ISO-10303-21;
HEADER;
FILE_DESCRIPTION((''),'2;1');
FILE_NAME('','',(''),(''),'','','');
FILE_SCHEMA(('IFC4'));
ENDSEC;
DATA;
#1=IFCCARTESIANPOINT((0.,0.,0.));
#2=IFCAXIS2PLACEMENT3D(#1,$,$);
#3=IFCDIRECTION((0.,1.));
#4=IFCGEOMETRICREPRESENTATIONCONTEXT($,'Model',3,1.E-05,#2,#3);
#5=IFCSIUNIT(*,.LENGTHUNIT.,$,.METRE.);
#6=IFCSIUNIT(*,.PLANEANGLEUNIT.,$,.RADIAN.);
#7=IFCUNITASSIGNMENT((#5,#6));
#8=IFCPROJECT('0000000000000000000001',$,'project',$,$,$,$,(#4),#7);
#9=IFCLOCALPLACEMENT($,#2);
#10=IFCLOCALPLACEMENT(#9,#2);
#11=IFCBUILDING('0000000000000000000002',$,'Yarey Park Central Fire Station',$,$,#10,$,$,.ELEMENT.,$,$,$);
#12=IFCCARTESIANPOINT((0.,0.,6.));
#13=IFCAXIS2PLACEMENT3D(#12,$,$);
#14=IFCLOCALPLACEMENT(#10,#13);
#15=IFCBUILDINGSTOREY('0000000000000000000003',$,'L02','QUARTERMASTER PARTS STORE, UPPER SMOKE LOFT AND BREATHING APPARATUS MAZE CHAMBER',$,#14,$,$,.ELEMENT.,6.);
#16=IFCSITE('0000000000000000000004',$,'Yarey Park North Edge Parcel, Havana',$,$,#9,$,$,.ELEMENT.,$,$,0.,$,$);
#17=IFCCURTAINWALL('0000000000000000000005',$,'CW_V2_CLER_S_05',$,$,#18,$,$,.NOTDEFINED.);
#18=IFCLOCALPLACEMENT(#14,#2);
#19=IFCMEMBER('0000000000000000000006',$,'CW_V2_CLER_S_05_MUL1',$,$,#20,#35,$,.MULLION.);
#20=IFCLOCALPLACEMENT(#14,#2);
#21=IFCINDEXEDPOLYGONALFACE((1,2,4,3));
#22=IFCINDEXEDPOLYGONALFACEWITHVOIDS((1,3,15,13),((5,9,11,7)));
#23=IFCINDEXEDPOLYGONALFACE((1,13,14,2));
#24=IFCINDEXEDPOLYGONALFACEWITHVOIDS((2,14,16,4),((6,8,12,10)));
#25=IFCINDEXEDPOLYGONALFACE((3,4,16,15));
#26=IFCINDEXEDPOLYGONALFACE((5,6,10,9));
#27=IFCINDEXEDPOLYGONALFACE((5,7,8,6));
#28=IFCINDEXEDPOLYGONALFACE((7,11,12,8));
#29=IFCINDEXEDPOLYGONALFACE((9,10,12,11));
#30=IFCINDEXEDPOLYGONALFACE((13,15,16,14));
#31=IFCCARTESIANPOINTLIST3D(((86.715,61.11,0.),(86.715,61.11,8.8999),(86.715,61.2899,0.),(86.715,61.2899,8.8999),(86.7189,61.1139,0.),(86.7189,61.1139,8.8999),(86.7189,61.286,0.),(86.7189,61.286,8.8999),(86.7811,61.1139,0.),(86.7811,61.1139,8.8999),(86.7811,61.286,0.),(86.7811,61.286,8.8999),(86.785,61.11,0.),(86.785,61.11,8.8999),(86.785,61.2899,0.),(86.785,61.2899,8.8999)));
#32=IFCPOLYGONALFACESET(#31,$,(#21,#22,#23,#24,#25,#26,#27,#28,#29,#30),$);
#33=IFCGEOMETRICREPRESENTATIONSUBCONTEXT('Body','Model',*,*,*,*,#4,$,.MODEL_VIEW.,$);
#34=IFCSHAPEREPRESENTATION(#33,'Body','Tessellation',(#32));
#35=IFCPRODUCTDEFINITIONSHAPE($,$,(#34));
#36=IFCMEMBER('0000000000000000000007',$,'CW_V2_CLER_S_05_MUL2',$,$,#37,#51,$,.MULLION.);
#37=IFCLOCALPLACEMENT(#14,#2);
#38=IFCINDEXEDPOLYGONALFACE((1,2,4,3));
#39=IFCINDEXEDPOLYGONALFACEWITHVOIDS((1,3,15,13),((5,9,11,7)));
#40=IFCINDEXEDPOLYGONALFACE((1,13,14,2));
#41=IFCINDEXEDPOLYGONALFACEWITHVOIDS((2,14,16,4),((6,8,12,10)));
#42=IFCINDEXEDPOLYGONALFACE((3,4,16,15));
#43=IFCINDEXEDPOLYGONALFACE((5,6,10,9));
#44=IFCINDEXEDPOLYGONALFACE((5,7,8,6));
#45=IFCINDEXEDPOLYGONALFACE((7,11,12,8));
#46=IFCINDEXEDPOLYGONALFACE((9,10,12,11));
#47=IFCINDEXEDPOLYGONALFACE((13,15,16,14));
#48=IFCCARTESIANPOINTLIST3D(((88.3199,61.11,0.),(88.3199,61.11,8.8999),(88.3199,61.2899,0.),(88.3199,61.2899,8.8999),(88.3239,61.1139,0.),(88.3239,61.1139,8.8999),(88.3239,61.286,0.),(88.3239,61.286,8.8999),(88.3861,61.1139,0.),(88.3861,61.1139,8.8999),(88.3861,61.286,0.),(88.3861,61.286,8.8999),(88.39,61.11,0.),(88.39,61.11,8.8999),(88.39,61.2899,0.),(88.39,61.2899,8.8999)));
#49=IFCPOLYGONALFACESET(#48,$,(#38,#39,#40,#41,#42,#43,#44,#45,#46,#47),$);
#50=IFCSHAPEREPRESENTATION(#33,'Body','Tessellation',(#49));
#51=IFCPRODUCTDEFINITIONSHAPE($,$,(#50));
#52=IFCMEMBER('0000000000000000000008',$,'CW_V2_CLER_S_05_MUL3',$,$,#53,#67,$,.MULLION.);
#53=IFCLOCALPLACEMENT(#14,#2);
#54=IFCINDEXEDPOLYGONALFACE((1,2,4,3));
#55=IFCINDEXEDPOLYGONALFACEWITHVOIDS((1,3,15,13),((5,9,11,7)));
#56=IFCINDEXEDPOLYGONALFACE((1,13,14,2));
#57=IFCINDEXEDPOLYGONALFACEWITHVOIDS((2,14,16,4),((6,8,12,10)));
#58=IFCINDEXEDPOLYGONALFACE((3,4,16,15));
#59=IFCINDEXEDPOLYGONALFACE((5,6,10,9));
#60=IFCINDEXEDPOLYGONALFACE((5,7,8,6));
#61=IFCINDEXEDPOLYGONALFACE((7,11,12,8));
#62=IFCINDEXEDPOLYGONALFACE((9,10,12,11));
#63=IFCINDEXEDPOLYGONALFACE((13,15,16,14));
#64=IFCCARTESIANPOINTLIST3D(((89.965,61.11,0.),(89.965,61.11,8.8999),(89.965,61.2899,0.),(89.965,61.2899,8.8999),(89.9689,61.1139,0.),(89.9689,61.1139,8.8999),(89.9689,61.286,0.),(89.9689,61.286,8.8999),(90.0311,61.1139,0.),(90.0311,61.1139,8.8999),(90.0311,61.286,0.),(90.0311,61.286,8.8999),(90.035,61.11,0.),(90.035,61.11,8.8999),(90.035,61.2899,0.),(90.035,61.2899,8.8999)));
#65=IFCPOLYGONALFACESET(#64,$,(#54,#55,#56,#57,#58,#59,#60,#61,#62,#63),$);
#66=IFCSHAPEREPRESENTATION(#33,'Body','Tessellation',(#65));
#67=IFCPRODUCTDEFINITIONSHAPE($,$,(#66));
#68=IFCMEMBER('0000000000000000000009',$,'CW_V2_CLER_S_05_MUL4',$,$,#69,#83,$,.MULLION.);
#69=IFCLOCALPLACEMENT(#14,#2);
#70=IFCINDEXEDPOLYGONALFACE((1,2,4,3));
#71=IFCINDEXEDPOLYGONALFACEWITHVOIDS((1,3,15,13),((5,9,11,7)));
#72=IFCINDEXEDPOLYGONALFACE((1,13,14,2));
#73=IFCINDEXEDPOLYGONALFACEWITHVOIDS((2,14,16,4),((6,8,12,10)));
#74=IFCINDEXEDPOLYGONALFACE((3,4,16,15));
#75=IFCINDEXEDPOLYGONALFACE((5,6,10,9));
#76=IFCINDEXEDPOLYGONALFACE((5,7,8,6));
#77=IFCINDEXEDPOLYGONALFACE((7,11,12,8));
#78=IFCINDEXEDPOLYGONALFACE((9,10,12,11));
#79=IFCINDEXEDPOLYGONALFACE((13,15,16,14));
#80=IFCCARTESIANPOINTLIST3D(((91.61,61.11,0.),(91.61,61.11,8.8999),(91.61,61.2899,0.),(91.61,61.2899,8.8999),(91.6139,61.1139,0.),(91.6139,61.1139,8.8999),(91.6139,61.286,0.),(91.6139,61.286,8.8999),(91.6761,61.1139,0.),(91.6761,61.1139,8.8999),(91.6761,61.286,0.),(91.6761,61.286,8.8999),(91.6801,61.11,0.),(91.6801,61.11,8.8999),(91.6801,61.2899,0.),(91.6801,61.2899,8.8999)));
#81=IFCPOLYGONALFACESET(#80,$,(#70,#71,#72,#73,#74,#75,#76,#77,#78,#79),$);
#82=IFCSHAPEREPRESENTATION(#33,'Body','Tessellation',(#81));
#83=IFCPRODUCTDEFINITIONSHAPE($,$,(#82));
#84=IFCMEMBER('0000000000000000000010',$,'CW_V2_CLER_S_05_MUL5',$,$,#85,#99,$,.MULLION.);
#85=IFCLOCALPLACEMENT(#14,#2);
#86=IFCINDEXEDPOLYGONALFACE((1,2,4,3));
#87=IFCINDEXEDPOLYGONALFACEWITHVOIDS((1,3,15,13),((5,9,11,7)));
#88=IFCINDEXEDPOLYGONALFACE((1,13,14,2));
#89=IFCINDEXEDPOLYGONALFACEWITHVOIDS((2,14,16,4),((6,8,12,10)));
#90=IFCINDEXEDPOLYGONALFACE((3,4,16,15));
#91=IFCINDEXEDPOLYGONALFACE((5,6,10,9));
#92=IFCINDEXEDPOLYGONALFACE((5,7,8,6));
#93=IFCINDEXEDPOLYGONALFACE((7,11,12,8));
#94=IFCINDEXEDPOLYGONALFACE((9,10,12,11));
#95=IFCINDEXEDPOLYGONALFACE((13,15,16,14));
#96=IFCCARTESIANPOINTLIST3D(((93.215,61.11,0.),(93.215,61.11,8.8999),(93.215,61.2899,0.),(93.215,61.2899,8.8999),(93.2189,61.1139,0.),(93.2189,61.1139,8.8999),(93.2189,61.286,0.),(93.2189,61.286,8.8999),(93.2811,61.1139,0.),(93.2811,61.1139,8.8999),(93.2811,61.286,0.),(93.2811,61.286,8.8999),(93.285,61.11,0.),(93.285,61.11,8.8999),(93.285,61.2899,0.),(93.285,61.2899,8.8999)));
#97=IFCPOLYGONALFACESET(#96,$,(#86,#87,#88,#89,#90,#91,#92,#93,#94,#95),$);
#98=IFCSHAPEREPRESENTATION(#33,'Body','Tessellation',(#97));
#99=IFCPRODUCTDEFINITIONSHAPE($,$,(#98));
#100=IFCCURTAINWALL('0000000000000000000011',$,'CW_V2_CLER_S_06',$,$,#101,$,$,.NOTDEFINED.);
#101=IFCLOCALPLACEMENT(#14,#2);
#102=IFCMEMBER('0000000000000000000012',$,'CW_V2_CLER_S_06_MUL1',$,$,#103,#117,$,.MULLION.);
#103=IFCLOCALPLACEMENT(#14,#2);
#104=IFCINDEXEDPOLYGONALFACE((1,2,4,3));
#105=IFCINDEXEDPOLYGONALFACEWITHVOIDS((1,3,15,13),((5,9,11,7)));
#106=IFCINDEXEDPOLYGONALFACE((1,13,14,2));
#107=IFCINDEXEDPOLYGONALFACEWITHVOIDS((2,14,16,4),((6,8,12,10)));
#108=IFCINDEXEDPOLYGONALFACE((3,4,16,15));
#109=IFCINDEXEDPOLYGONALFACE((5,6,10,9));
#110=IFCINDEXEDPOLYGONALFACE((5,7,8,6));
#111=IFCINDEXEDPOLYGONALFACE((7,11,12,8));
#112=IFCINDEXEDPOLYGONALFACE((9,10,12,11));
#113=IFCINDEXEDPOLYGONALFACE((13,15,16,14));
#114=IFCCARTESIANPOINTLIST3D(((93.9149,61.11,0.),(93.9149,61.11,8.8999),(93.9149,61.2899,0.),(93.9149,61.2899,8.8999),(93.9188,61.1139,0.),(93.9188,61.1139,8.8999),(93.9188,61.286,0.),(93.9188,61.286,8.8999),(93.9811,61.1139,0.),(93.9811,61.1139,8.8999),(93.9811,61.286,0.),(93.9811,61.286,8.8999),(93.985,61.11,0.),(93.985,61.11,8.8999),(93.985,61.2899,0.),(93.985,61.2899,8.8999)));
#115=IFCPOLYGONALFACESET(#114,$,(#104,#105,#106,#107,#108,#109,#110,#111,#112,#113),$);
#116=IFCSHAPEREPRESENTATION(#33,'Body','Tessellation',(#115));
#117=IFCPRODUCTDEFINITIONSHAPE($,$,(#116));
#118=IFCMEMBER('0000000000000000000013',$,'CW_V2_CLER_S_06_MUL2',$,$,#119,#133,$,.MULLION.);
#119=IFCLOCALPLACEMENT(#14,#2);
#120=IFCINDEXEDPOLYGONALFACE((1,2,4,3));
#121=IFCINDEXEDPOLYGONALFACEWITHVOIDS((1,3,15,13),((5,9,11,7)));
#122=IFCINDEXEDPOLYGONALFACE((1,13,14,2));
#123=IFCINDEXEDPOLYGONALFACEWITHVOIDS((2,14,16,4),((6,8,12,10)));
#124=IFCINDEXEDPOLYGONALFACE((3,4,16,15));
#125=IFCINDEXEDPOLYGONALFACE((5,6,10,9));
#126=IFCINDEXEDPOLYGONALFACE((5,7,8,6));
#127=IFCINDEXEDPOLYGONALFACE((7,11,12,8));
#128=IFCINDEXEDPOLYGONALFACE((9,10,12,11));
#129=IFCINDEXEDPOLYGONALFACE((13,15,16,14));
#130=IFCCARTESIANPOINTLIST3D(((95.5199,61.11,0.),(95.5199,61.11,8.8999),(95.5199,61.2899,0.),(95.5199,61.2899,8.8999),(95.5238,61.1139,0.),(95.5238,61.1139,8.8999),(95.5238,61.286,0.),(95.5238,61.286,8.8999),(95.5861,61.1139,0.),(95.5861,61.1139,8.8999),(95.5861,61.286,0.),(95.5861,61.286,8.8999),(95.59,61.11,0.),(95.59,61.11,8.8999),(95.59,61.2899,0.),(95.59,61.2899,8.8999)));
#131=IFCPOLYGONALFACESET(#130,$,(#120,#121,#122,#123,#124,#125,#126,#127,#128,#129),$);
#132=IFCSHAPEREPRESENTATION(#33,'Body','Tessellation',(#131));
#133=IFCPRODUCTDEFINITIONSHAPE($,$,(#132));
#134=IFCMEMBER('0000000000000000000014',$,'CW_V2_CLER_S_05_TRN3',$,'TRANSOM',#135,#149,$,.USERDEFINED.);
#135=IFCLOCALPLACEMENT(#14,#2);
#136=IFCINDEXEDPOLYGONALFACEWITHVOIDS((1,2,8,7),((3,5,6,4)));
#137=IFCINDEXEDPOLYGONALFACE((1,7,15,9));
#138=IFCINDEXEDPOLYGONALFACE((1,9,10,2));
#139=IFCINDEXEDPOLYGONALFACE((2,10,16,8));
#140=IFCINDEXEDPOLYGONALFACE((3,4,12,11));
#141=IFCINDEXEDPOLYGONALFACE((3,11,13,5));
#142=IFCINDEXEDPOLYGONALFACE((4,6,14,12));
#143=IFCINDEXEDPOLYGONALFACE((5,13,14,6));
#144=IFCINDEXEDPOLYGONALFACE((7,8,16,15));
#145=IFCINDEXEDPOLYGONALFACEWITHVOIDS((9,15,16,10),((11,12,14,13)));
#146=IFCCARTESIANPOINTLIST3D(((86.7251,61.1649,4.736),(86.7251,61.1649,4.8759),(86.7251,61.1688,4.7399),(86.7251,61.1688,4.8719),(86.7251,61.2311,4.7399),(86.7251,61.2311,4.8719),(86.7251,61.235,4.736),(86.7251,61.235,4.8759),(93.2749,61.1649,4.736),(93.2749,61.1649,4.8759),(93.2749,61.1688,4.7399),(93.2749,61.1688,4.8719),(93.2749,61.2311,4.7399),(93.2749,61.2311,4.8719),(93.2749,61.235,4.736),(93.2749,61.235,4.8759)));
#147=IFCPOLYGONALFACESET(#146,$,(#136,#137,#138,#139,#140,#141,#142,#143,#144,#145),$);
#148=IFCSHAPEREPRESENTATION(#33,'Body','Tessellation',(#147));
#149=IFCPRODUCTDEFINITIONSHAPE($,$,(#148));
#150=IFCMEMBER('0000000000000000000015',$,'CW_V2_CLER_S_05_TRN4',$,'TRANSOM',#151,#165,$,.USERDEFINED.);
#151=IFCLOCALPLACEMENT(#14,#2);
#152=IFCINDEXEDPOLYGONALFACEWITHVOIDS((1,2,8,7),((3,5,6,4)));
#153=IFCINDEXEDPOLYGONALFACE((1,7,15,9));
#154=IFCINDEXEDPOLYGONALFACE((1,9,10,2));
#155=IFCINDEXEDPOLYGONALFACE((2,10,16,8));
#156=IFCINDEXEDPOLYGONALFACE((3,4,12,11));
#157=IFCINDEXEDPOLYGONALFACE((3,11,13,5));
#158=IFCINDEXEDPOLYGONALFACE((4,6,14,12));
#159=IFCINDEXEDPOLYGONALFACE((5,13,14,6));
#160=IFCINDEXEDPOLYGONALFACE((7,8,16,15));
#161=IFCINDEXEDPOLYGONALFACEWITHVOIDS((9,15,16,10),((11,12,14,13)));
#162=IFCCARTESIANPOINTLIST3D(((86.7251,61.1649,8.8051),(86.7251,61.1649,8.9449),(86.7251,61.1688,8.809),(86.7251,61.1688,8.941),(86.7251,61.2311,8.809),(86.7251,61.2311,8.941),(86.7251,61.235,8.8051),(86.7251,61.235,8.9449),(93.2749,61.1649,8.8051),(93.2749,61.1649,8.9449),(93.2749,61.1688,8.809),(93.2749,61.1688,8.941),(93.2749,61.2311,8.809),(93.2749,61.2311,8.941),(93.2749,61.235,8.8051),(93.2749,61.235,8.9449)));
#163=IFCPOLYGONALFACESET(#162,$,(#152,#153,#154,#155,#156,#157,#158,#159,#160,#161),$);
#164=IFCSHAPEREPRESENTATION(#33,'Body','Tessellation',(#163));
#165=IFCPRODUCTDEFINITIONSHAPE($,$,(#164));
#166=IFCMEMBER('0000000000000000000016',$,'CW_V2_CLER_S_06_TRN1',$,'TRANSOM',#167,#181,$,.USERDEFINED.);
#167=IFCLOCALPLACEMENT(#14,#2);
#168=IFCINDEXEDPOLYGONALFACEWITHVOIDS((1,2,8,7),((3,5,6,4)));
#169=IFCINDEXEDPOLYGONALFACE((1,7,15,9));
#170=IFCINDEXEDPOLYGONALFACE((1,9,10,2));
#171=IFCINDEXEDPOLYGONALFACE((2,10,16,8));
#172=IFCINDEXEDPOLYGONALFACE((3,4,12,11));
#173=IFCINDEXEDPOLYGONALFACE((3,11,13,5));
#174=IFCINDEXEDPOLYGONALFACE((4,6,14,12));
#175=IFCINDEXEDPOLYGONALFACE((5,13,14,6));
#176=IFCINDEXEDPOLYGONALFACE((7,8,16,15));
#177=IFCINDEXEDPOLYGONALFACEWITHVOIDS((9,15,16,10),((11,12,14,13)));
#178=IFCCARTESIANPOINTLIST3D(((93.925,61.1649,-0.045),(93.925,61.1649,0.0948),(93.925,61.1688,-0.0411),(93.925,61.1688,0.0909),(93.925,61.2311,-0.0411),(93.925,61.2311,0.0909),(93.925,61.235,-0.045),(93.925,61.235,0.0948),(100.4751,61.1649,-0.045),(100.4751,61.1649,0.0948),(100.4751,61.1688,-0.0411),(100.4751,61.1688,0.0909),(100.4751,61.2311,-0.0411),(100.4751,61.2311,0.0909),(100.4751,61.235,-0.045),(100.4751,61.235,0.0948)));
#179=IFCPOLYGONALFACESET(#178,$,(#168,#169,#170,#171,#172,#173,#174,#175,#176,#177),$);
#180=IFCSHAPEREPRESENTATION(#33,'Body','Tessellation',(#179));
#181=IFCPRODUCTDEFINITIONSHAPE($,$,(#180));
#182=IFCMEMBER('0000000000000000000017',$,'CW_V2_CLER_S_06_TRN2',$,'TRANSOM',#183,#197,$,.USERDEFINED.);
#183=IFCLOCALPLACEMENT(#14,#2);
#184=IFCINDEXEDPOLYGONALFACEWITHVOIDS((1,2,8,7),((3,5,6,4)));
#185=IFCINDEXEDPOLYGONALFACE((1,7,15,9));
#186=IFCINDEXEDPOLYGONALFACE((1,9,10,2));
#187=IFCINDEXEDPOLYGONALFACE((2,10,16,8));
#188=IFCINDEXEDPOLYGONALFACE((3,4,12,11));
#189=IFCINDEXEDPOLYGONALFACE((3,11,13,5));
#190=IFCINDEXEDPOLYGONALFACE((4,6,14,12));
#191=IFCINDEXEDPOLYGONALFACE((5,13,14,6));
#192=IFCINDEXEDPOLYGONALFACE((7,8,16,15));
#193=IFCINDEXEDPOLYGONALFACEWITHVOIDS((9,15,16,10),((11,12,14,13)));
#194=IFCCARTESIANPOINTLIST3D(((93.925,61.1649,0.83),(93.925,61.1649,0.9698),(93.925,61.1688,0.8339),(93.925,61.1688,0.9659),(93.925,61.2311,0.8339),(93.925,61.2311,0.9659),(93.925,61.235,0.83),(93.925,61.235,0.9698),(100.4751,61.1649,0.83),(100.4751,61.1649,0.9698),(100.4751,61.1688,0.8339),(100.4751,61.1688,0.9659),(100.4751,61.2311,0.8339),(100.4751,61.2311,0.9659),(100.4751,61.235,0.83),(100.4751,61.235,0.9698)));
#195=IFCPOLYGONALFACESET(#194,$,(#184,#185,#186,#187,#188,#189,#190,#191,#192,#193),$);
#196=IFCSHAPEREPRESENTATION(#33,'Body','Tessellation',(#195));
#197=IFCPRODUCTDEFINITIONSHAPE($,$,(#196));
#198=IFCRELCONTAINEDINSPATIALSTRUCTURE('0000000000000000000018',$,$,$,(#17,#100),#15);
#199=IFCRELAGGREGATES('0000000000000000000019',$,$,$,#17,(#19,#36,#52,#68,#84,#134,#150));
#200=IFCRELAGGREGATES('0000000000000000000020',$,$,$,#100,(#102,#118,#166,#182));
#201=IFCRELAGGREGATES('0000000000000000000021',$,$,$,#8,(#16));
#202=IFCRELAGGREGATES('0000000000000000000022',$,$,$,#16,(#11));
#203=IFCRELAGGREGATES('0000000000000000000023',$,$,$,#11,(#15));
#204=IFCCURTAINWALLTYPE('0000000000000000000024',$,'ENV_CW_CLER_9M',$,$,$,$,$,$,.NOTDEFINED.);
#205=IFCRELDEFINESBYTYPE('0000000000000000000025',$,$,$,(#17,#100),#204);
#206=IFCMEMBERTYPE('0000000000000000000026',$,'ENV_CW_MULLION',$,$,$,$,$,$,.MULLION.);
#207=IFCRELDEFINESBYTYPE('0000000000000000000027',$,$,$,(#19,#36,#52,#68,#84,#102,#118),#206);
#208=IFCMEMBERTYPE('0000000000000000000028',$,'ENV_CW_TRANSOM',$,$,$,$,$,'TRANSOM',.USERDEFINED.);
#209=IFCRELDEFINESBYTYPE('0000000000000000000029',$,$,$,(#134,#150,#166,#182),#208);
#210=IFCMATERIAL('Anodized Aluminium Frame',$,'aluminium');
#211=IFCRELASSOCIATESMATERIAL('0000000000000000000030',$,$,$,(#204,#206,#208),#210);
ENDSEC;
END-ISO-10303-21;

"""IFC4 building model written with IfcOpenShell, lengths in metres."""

from ifc_helpers import new_model, si_unit, direction, frame, origin, origin_2d, place, context, subcontext, project, spatial, hollow_rectangle, extrude, material, material_profile, profile_set, type_object, element, aggregate, save


model = new_model("IFC4")

# Units and contexts
model_context = context("Model", 3, precision=1e-05, world=origin(), true_north=direction((0.0, 1.0)))
body_context = subcontext(model_context, "Body", "Model", "MODEL_VIEW")
ifc_project = project(units=[si_unit("LENGTHUNIT", "METRE"), si_unit("PLANEANGLEUNIT", "RADIAN")], contexts=[model_context])

# Site, building, storey
site_placement = place(None, origin())
site = spatial("IfcSite", under=ifc_project, at=site_placement, Name="Yarey Park North Edge Parcel, Havana", CompositionType="ELEMENT", RefElevation=0.0)
building_placement = place(site_placement, origin())
building = spatial("IfcBuilding", under=site, at=building_placement, Name="Yarey Park Central Fire Station", CompositionType="ELEMENT")
storey_placement = place(building_placement, frame((0.0, 0.0, 6.0)))
storey = spatial("IfcBuildingStorey", under=building, at=storey_placement, Name="L02", Description="QUARTERMASTER PARTS STORE, UPPER SMOKE LOFT AND BREATHING APPARATUS MAZE CHAMBER", CompositionType="ELEMENT", Elevation=6.0)

# Curtain walls, members
ifc_material_1 = material(Name="Anodized Aluminium Frame", Category="aluminium")
curtain_wall_type = type_object("IfcCurtainWallType", Name="ENV_CW_CLER_9M", PredefinedType="NOTDEFINED", material=ifc_material_1)
curtain_wall_1_placement = place(storey_placement, origin())
curtain_wall_1 = element("IfcCurtainWall", 1, at=curtain_wall_1_placement, inside=storey, type_object=curtain_wall_type, Name="CW_V2_CLER_S_05", PredefinedType="NOTDEFINED")
ifc_material_profile_1 = material_profile(ifc_material_1, hollow_rectangle(XDim=0.0701, YDim=0.1799, WallThickness=0.0039, at=origin_2d()), Name="ALU 180x70x4")
ifc_profile_set_1 = profile_set([ifc_material_profile_1], Name="Anodized Aluminium Frame")
member_type_1 = type_object("IfcMemberType", Name="ENV_CW_MULLION", PredefinedType="MULLION", material=ifc_profile_set_1)
member_1_placement = place(storey_placement, frame((86.75, 61.2, 0.0), z_axis=(0.0, 0.0, 1.0), x_axis=(1.0, 0.0, 0.0)))
member_1 = element("IfcMember", 2, at=member_1_placement, type_object=member_type_1, Name="CW_V2_CLER_S_05_MUL1", PredefinedType="MULLION", context=body_context, shape_type="SweptSolid", body=[
    extrude(hollow_rectangle(XDim=0.0701, YDim=0.1799, WallThickness=0.0039, at=origin_2d()), origin(), (0.0, 0.0, 1.0), 8.8999),
])
member_2_placement = place(storey_placement, frame((88.355, 61.2, 0.0), z_axis=(0.0, 0.0, 1.0), x_axis=(1.0, 0.0, 0.0)))
member_2 = element("IfcMember", 3, at=member_2_placement, type_object=member_type_1, Name="CW_V2_CLER_S_05_MUL2", PredefinedType="MULLION", context=body_context, shape_type="SweptSolid", body=[
    extrude(hollow_rectangle(XDim=0.0701, YDim=0.1799, WallThickness=0.0039, at=origin_2d()), origin(), (0.0, 0.0, 1.0), 8.8999),
])
member_3_placement = place(storey_placement, frame((90.0, 61.2, 0.0), z_axis=(0.0, 0.0, 1.0), x_axis=(1.0, 0.0, 0.0)))
member_3 = element("IfcMember", 4, at=member_3_placement, type_object=member_type_1, Name="CW_V2_CLER_S_05_MUL3", PredefinedType="MULLION", context=body_context, shape_type="SweptSolid", body=[
    extrude(hollow_rectangle(XDim=0.0701, YDim=0.1799, WallThickness=0.0039, at=origin_2d()), origin(), (0.0, 0.0, 1.0), 8.8999),
])
member_4_placement = place(storey_placement, frame((91.645, 61.2, 0.0), z_axis=(0.0, 0.0, 1.0), x_axis=(1.0, 0.0, 0.0)))
member_4 = element("IfcMember", 5, at=member_4_placement, type_object=member_type_1, Name="CW_V2_CLER_S_05_MUL4", PredefinedType="MULLION", context=body_context, shape_type="SweptSolid", body=[
    extrude(hollow_rectangle(XDim=0.0701, YDim=0.1799, WallThickness=0.0039, at=origin_2d()), origin(), (0.0, 0.0, 1.0), 8.8999),
])
member_5_placement = place(storey_placement, frame((93.25, 61.2, 0.0), z_axis=(0.0, 0.0, 1.0), x_axis=(1.0, 0.0, 0.0)))
member_5 = element("IfcMember", 6, at=member_5_placement, type_object=member_type_1, Name="CW_V2_CLER_S_05_MUL5", PredefinedType="MULLION", context=body_context, shape_type="SweptSolid", body=[
    extrude(hollow_rectangle(XDim=0.0701, YDim=0.1799, WallThickness=0.0039, at=origin_2d()), origin(), (0.0, 0.0, 1.0), 8.8999),
])
curtain_wall_2_placement = place(storey_placement, origin())
curtain_wall_2 = element("IfcCurtainWall", 7, at=curtain_wall_2_placement, inside=storey, type_object=curtain_wall_type, Name="CW_V2_CLER_S_06", PredefinedType="NOTDEFINED")
member_6_placement = place(storey_placement, frame((93.95, 61.2, 0.0), z_axis=(0.0, 0.0, 1.0), x_axis=(1.0, 0.0, 0.0)))
member_6 = element("IfcMember", 8, at=member_6_placement, type_object=member_type_1, Name="CW_V2_CLER_S_06_MUL1", PredefinedType="MULLION", context=body_context, shape_type="SweptSolid", body=[
    extrude(hollow_rectangle(XDim=0.0701, YDim=0.1799, WallThickness=0.0039, at=origin_2d()), origin(), (0.0, 0.0, 1.0), 8.8999),
])
member_7_placement = place(storey_placement, frame((95.5549, 61.2, 0.0), z_axis=(0.0, 0.0, 1.0), x_axis=(1.0, 0.0, 0.0)))
member_7 = element("IfcMember", 9, at=member_7_placement, type_object=member_type_1, Name="CW_V2_CLER_S_06_MUL2", PredefinedType="MULLION", context=body_context, shape_type="SweptSolid", body=[
    extrude(hollow_rectangle(XDim=0.0701, YDim=0.1799, WallThickness=0.0039, at=origin_2d()), origin(), (0.0, 0.0, 1.0), 8.8999),
])

# Members
ifc_material_profile_2 = material_profile(ifc_material_1, hollow_rectangle(XDim=0.0701, YDim=0.1399, WallThickness=0.0039, at=origin_2d()), Name="ALU 140x70x4")
ifc_profile_set_2 = profile_set([ifc_material_profile_2], Name="Anodized Aluminium Frame")
member_type_2 = type_object("IfcMemberType", Name="ENV_CW_TRANSOM", ElementType="TRANSOM", PredefinedType="USERDEFINED", material=ifc_profile_set_2)
member_8_placement = place(storey_placement, frame((86.7251, 61.2, 4.8059), z_axis=(1.0, 0.0, 0.0), x_axis=(0.0, 1.0, 0.0)))
member_8 = element("IfcMember", 10, at=member_8_placement, type_object=member_type_2, Name="CW_V2_CLER_S_05_TRN3", ObjectType="TRANSOM", PredefinedType="USERDEFINED", context=body_context, shape_type="SweptSolid", body=[
    extrude(hollow_rectangle(XDim=0.0701, YDim=0.1399, WallThickness=0.0039, at=origin_2d()), origin(), (0.0, 0.0, 1.0), 6.5498),
])
member_9_placement = place(storey_placement, frame((86.7251, 61.2, 8.875), z_axis=(1.0, 0.0, 0.0), x_axis=(0.0, 1.0, 0.0)))
member_9 = element("IfcMember", 11, at=member_9_placement, type_object=member_type_2, Name="CW_V2_CLER_S_05_TRN4", ObjectType="TRANSOM", PredefinedType="USERDEFINED", context=body_context, shape_type="SweptSolid", body=[
    extrude(hollow_rectangle(XDim=0.0701, YDim=0.1399, WallThickness=0.0039, at=origin_2d()), origin(), (0.0, 0.0, 1.0), 6.5498),
])
member_10_placement = place(storey_placement, frame((93.925, 61.2, 0.0249), z_axis=(1.0, 0.0, 0.0), x_axis=(0.0, 1.0, 0.0)))
member_10 = element("IfcMember", 12, at=member_10_placement, type_object=member_type_2, Name="CW_V2_CLER_S_06_TRN1", ObjectType="TRANSOM", PredefinedType="USERDEFINED", context=body_context, shape_type="SweptSolid", body=[
    extrude(hollow_rectangle(XDim=0.0701, YDim=0.1399, WallThickness=0.0039, at=origin_2d()), origin(), (0.0, 0.0, 1.0), 6.55),
])
member_11_placement = place(storey_placement, frame((93.925, 61.2, 0.8999), z_axis=(1.0, 0.0, 0.0), x_axis=(0.0, 1.0, 0.0)))
member_11 = element("IfcMember", 13, at=member_11_placement, type_object=member_type_2, Name="CW_V2_CLER_S_06_TRN2", ObjectType="TRANSOM", PredefinedType="USERDEFINED", context=body_context, shape_type="SweptSolid", body=[
    extrude(hollow_rectangle(XDim=0.0701, YDim=0.1399, WallThickness=0.0039, at=origin_2d()), origin(), (0.0, 0.0, 1.0), 6.55),
])

aggregate(curtain_wall_1, [member_1, member_2, member_3, member_4, member_5, member_8, member_9])
aggregate(curtain_wall_2, [member_6, member_7, member_10, member_11])

save(model, "model.ifc")
